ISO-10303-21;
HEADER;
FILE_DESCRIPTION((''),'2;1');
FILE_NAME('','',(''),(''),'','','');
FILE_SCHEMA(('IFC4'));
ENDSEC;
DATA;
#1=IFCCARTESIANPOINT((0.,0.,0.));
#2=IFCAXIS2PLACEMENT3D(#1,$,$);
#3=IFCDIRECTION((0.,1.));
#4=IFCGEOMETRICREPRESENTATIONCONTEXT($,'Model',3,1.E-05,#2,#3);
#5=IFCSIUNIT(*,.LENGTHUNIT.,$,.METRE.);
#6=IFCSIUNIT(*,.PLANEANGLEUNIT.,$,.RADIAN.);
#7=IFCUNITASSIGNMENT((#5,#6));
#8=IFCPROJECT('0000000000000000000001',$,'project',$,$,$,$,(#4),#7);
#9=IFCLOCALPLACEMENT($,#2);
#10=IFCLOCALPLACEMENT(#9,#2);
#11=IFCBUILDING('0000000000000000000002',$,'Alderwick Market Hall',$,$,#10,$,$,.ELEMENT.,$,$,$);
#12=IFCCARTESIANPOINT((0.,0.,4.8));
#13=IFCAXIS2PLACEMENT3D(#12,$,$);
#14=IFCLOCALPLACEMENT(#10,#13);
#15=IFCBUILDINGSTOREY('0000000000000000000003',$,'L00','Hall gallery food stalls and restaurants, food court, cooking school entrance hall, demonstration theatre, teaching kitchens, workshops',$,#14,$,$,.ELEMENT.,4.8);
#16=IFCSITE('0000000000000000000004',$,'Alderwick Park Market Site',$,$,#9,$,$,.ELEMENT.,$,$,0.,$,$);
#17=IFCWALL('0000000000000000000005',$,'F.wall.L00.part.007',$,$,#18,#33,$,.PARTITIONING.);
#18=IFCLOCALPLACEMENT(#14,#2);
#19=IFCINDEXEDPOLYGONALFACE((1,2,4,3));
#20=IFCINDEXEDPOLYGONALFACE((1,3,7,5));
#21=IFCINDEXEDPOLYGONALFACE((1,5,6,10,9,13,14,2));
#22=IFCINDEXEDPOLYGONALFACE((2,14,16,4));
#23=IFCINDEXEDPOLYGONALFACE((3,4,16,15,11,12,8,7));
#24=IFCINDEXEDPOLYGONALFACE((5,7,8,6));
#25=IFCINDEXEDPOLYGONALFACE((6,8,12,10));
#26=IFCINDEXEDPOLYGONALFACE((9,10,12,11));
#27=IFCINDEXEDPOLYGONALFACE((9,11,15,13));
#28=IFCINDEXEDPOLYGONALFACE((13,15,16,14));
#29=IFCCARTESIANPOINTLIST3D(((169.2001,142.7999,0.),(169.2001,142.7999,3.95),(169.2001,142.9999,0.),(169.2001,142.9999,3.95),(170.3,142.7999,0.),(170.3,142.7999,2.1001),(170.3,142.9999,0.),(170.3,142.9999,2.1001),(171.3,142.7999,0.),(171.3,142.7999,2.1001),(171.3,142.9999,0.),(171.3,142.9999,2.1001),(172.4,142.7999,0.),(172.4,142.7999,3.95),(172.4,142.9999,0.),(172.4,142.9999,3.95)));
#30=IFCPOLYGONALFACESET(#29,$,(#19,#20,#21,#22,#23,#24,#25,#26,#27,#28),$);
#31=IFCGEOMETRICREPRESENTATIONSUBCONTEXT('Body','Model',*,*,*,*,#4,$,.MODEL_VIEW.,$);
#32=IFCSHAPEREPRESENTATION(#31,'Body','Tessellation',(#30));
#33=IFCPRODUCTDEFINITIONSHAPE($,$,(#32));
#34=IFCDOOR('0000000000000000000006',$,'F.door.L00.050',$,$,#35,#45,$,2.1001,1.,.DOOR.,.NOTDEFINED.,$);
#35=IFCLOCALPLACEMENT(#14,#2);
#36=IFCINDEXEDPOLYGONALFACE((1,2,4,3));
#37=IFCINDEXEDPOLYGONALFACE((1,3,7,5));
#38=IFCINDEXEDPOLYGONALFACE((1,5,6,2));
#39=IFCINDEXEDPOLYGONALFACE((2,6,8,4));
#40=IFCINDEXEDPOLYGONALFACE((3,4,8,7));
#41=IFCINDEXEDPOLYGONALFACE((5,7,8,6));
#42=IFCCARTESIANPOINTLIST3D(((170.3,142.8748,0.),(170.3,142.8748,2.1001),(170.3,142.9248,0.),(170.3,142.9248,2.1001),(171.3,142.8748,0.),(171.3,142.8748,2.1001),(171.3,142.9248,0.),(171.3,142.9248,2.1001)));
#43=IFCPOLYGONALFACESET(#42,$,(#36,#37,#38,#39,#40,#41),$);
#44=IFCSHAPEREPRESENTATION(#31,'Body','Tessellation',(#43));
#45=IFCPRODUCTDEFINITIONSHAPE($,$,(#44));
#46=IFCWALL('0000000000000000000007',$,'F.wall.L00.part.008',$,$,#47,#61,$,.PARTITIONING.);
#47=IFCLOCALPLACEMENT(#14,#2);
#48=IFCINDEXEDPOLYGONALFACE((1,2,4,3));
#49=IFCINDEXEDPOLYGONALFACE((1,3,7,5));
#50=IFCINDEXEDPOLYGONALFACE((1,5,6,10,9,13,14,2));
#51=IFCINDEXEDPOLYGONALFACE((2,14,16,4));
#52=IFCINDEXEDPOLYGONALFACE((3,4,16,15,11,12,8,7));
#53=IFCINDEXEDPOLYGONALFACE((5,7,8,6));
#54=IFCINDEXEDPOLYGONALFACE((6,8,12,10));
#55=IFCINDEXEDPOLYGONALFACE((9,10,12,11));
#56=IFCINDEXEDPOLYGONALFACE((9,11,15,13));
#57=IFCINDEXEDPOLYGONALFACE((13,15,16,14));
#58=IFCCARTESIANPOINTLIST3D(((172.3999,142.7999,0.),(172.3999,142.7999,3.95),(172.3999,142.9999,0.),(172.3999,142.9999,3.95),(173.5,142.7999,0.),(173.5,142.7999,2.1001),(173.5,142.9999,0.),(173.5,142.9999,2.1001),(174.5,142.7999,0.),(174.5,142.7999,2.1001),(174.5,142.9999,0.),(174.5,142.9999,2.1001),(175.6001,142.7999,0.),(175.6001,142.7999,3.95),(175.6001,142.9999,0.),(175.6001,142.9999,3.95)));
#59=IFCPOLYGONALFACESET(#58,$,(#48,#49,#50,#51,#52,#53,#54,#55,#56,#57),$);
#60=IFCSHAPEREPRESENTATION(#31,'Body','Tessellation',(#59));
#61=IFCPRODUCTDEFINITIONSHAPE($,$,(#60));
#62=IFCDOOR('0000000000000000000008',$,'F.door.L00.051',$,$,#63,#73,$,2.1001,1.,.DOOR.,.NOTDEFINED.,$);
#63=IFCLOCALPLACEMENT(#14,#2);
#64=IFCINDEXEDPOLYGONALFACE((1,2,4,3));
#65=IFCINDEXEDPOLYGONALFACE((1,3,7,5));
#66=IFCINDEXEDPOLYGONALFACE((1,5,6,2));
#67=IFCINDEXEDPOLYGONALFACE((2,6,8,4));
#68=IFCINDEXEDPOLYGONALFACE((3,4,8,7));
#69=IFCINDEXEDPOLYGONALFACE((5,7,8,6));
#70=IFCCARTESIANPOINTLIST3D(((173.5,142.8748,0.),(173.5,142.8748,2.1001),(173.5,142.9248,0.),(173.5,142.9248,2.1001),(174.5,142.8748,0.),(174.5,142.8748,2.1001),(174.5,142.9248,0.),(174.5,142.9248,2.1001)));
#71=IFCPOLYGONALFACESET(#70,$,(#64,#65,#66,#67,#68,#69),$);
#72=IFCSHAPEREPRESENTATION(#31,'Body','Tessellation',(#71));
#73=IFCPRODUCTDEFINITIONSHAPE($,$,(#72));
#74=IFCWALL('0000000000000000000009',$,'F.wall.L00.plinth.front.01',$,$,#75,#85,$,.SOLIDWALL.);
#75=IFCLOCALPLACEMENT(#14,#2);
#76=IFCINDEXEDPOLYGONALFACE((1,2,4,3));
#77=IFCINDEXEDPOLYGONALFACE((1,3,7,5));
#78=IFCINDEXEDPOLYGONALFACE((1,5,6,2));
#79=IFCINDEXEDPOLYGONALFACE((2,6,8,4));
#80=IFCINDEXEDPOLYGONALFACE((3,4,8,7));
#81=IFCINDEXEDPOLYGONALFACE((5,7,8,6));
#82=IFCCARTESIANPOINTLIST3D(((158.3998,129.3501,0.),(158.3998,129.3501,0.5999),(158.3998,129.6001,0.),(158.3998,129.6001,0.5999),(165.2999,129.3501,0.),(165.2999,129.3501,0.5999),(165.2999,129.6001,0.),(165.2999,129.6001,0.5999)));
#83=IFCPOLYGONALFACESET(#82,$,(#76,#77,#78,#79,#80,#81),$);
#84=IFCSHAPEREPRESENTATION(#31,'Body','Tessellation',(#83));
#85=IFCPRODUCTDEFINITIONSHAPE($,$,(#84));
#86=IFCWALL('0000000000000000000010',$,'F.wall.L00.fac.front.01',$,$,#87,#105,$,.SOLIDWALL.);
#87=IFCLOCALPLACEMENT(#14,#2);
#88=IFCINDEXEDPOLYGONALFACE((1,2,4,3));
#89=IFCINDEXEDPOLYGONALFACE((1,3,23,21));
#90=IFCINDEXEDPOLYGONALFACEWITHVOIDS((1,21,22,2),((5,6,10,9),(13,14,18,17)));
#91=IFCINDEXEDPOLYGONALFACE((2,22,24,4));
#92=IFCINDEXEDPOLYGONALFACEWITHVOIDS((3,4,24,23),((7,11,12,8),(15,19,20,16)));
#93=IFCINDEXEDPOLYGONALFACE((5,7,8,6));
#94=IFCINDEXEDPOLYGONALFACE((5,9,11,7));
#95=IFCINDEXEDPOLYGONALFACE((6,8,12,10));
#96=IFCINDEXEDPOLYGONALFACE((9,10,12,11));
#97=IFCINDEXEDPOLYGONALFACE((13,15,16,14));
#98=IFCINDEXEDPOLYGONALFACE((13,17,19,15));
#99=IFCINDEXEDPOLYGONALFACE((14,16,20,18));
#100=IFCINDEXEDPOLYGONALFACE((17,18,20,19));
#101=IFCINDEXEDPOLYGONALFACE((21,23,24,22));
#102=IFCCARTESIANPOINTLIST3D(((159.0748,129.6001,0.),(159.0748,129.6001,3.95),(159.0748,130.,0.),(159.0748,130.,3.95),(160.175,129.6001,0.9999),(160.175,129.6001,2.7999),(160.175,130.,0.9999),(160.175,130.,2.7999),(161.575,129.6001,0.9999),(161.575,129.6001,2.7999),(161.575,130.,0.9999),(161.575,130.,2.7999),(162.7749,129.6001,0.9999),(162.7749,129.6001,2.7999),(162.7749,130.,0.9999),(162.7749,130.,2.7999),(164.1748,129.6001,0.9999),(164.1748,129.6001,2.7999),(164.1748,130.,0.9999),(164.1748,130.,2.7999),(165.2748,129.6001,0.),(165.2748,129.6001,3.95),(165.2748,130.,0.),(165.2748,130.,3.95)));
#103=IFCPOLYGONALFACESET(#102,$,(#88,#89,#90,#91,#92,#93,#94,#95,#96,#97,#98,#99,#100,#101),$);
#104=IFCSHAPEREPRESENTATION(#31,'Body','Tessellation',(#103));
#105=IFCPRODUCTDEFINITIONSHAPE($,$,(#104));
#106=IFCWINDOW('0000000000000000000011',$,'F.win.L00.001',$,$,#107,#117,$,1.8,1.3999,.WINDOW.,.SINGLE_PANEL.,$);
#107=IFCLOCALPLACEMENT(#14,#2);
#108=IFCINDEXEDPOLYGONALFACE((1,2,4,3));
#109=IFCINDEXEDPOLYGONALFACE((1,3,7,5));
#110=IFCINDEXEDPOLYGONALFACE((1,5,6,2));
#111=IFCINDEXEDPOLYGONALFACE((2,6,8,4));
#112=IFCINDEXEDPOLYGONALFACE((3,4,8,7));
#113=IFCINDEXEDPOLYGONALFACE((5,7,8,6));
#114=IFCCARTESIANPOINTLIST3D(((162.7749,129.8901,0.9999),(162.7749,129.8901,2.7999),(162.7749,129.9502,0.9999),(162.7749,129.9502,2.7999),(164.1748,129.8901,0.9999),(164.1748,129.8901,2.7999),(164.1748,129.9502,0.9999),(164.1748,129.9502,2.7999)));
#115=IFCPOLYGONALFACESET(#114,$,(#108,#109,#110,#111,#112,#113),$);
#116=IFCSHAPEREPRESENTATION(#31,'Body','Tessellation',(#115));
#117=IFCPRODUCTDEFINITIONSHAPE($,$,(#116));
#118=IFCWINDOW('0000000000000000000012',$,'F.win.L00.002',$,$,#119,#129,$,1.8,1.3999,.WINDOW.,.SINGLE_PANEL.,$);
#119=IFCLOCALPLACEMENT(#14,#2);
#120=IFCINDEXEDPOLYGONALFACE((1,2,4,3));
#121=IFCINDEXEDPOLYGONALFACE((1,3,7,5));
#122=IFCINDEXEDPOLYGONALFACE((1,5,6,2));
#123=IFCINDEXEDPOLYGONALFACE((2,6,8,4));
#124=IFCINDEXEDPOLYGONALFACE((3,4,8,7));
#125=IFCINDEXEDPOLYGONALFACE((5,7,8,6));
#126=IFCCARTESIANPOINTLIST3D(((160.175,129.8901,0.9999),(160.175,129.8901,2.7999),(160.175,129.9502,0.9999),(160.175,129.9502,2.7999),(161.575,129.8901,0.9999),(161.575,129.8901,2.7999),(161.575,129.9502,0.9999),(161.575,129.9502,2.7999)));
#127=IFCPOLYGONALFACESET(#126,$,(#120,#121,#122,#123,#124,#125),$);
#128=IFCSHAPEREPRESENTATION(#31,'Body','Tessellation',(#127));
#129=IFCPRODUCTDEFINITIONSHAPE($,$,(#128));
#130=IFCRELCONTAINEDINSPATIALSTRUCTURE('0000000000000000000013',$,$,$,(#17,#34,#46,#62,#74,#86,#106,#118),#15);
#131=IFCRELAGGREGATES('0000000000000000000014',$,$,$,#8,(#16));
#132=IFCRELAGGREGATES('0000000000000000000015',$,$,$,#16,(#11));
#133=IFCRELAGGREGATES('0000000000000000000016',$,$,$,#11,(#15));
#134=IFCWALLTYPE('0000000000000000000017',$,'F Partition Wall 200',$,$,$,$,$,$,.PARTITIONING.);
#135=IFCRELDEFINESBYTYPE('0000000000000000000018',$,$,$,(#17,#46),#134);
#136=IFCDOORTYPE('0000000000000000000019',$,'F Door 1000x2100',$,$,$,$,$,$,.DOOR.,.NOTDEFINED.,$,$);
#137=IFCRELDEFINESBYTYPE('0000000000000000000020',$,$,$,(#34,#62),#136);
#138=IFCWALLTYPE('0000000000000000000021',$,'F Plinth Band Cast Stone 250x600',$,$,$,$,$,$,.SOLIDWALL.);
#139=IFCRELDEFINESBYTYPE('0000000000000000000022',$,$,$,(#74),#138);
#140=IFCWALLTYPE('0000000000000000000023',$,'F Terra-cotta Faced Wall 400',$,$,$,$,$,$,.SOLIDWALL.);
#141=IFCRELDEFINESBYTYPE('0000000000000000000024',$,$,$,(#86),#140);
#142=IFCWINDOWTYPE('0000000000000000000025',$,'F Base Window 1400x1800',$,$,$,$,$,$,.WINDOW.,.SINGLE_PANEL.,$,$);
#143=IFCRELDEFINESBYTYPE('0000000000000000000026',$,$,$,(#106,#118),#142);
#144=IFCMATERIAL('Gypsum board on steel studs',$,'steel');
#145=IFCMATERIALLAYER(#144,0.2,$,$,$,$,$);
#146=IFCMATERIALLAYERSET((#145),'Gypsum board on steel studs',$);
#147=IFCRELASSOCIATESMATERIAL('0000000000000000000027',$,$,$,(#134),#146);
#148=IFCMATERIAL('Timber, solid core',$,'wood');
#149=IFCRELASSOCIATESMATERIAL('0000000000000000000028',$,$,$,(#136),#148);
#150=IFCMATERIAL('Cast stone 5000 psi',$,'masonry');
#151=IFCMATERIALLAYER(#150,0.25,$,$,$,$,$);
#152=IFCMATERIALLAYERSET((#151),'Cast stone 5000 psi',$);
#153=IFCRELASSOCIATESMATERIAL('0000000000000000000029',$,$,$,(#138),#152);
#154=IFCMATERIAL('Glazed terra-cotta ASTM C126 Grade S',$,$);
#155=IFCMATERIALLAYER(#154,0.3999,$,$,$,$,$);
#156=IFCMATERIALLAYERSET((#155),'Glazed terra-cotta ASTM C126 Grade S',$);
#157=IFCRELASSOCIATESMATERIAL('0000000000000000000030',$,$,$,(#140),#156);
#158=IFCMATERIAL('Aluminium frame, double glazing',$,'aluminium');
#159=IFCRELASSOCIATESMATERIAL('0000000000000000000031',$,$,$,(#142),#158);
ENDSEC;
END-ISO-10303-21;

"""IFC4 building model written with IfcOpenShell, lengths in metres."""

from ifc_helpers import new_model, si_unit, direction, frame, frame_2d, origin, place, context, subcontext, project, spatial, rectangle, extrude, material, layer, layer_set, type_object, element, fill, save


model = new_model("IFC4")

# Units and contexts
model_context = context("Model", 3, precision=1e-05, world=origin(), true_north=direction((0.0, 1.0)))
body_context = subcontext(model_context, "Body", "Model", "MODEL_VIEW")
ifc_project = project(units=[si_unit("LENGTHUNIT", "METRE"), si_unit("PLANEANGLEUNIT", "RADIAN")], contexts=[model_context])

# Site, building, storey
site_placement = place(None, origin())
site = spatial("IfcSite", under=ifc_project, at=site_placement, Name="Alderwick Park Market Site", CompositionType="ELEMENT", RefElevation=0.0)
building_placement = place(site_placement, origin())
building = spatial("IfcBuilding", under=site, at=building_placement, Name="Alderwick Market Hall", CompositionType="ELEMENT")
storey_placement = place(building_placement, frame((0.0, 0.0, 4.8)))
storey = spatial("IfcBuildingStorey", under=building, at=storey_placement, Name="L00", Description="Hall gallery food stalls and restaurants, food court, cooking school entrance hall, demonstration theatre, teaching kitchens, workshops", CompositionType="ELEMENT", Elevation=4.8)

# Walls, openings, doors
ifc_material_1 = material(Name="Gypsum board on steel studs", Category="steel")
ifc_layer_1 = layer(ifc_material_1, 0.2)
ifc_layer_set_1 = layer_set([ifc_layer_1], Name="Gypsum board on steel studs")
wall_type_1 = type_object("IfcWallType", Name="F Partition Wall 200", PredefinedType="PARTITIONING", material=ifc_layer_set_1)
wall_1_placement = place(storey_placement, frame((169.2, 142.8999, 0.0), z_axis=(0.0, 0.0, 1.0), x_axis=(1.0, 0.0, 0.0)))
wall_1 = element("IfcWall", 1, at=wall_1_placement, inside=storey, type_object=wall_type_1, Name="F.wall.L00.part.007", PredefinedType="PARTITIONING", context=body_context, shape_type="SweptSolid", body=[
    extrude(rectangle(XDim=3.2, YDim=0.2, at=frame_2d((1.6001, 0.0))), origin(), (0.0, 0.0, 1.0), 3.95),
])
opening_1_placement = place(wall_1_placement, frame((1.1001, 0.0, 0.0)))
opening_1 = element("IfcOpeningElement", 2, at=opening_1_placement, cuts=wall_1, PredefinedType="OPENING", context=body_context, shape_type="SweptSolid", body=[
    extrude(rectangle(XDim=1.0, YDim=2.1001, at=frame_2d((0.5, 1.05))), frame((0.0, 0.1099, 0.0), z_axis=(0.0, -1.0, 0.0), x_axis=(1.0, 0.0, 0.0)), (0.0, 0.0, 1.0), 0.22),
])
ifc_material_2 = material(Name="Timber, solid core", Category="wood")
door_type = type_object("IfcDoorType", Name="F Door 1000x2100", OperationType="NOTDEFINED", PredefinedType="DOOR", material=ifc_material_2)
door_1_placement = place(opening_1_placement, origin())
door_1 = element("IfcDoor", 3, at=door_1_placement, inside=storey, type_object=door_type, Name="F.door.L00.050", OperationType="NOTDEFINED", OverallHeight=2.1001, OverallWidth=1.0, PredefinedType="DOOR", context=body_context, shape_type="SweptSolid", body=[
    extrude(rectangle(XDim=1.0, YDim=2.1001, at=frame_2d((0.5, 1.05))), frame((0.0, 0.0249, 0.0), z_axis=(0.0, -1.0, 0.0), x_axis=(1.0, 0.0, 0.0)), (0.0, 0.0, 1.0), 0.05),
])
fill(opening_1, door_1)
wall_2_placement = place(storey_placement, frame((172.3999, 142.8999, 0.0), z_axis=(0.0, 0.0, 1.0), x_axis=(1.0, 0.0, 0.0)))
wall_2 = element("IfcWall", 4, at=wall_2_placement, inside=storey, type_object=wall_type_1, Name="F.wall.L00.part.008", PredefinedType="PARTITIONING", context=body_context, shape_type="SweptSolid", body=[
    extrude(rectangle(XDim=3.2002, YDim=0.2, at=frame_2d((1.6001, 0.0))), origin(), (0.0, 0.0, 1.0), 3.95),
])
opening_2_placement = place(wall_2_placement, frame((1.1001, 0.0, 0.0)))
opening_2 = element("IfcOpeningElement", 5, at=opening_2_placement, cuts=wall_2, PredefinedType="OPENING", context=body_context, shape_type="SweptSolid", body=[
    extrude(rectangle(XDim=1.0, YDim=2.1001, at=frame_2d((0.5, 1.05))), frame((0.0, 0.1099, 0.0), z_axis=(0.0, -1.0, 0.0), x_axis=(1.0, 0.0, 0.0)), (0.0, 0.0, 1.0), 0.22),
])
door_2_placement = place(opening_2_placement, origin())
door_2 = element("IfcDoor", 6, at=door_2_placement, inside=storey, type_object=door_type, Name="F.door.L00.051", OperationType="NOTDEFINED", OverallHeight=2.1001, OverallWidth=1.0, PredefinedType="DOOR", context=body_context, shape_type="SweptSolid", body=[
    extrude(rectangle(XDim=1.0, YDim=2.1001, at=frame_2d((0.5, 1.05))), frame((0.0, 0.0249, 0.0), z_axis=(0.0, -1.0, 0.0), x_axis=(1.0, 0.0, 0.0)), (0.0, 0.0, 1.0), 0.05),
])
fill(opening_2, door_2)

# Wall
ifc_material_3 = material(Name="Cast stone 5000 psi", Category="masonry")
ifc_layer_2 = layer(ifc_material_3, 0.25)
ifc_layer_set_2 = layer_set([ifc_layer_2], Name="Cast stone 5000 psi")
wall_type_2 = type_object("IfcWallType", Name="F Plinth Band Cast Stone 250x600", PredefinedType="SOLIDWALL", material=ifc_layer_set_2)
wall_3_placement = place(storey_placement, frame((165.3, 129.4751, 0.0), z_axis=(0.0, 0.0, 1.0), x_axis=(-1.0, 0.0, 0.0)))
element("IfcWall", 7, at=wall_3_placement, inside=storey, type_object=wall_type_2, Name="F.wall.L00.plinth.front.01", PredefinedType="SOLIDWALL", context=body_context, shape_type="SweptSolid", body=[
    extrude(rectangle(XDim=6.9001, YDim=0.25, at=frame_2d((3.4502, 0.0))), origin(), (0.0, 0.0, 1.0), 0.5999),
])

# Wall, openings, windows
ifc_material_4 = material(Name="Glazed terra-cotta ASTM C126 Grade S")
ifc_layer_3 = layer(ifc_material_4, 0.3999)
ifc_layer_set_3 = layer_set([ifc_layer_3], Name="Glazed terra-cotta ASTM C126 Grade S")
wall_type_3 = type_object("IfcWallType", Name="F Terra-cotta Faced Wall 400", PredefinedType="SOLIDWALL", material=ifc_layer_set_3)
wall_4_placement = place(storey_placement, frame((165.2749, 129.8, 0.0), z_axis=(0.0, 0.0, 1.0), x_axis=(-1.0, 0.0, 0.0)))
wall_4 = element("IfcWall", 8, at=wall_4_placement, inside=storey, type_object=wall_type_3, Name="F.wall.L00.fac.front.01", PredefinedType="SOLIDWALL", context=body_context, shape_type="SweptSolid", body=[
    extrude(rectangle(XDim=6.2, YDim=0.3999, at=frame_2d((3.1001, 0.0))), origin(), (0.0, 0.0, 1.0), 3.95),
])
opening_3_placement = place(wall_4_placement, frame((1.1001, 0.0, 1.0)))
opening_3 = element("IfcOpeningElement", 9, at=opening_3_placement, cuts=wall_4, PredefinedType="OPENING", context=body_context, shape_type="SweptSolid", body=[
    extrude(rectangle(XDim=1.3999, YDim=1.8, at=frame_2d((0.7, 0.8999))), frame((0.0, 0.21, 0.0), z_axis=(0.0, -1.0, 0.0), x_axis=(1.0, 0.0, 0.0)), (0.0, 0.0, 1.0), 0.4199),
])
opening_4_placement = place(wall_4_placement, frame((3.7, 0.0, 1.0)))
opening_4 = element("IfcOpeningElement", 10, at=opening_4_placement, cuts=wall_4, PredefinedType="OPENING", context=body_context, shape_type="SweptSolid", body=[
    extrude(rectangle(XDim=1.3999, YDim=1.8, at=frame_2d((0.7, 0.8999))), frame((0.0, 0.21, 0.0), z_axis=(0.0, -1.0, 0.0), x_axis=(1.0, 0.0, 0.0)), (0.0, 0.0, 1.0), 0.4199),
])
ifc_material_5 = material(Name="Aluminium frame, double glazing", Category="aluminium")
window_type = type_object("IfcWindowType", Name="F Base Window 1400x1800", PartitioningType="SINGLE_PANEL", PredefinedType="WINDOW", material=ifc_material_5)
window_1_placement = place(opening_3_placement, origin())
window_1 = element("IfcWindow", 11, at=window_1_placement, inside=storey, type_object=window_type, Name="F.win.L00.001", OverallHeight=1.8, OverallWidth=1.3999, PartitioningType="SINGLE_PANEL", PredefinedType="WINDOW", context=body_context, shape_type="SweptSolid", body=[
    extrude(rectangle(XDim=1.3999, YDim=1.8, at=frame_2d((0.7, 0.8999))), frame((0.0, -0.0901, 0.0), z_axis=(0.0, -1.0, 0.0), x_axis=(1.0, 0.0, 0.0)), (0.0, 0.0, 1.0), 0.0601),
])
fill(opening_3, window_1)
window_2_placement = place(opening_4_placement, origin())
window_2 = element("IfcWindow", 12, at=window_2_placement, inside=storey, type_object=window_type, Name="F.win.L00.002", OverallHeight=1.8, OverallWidth=1.3999, PartitioningType="SINGLE_PANEL", PredefinedType="WINDOW", context=body_context, shape_type="SweptSolid", body=[
    extrude(rectangle(XDim=1.3999, YDim=1.8, at=frame_2d((0.7, 0.8999))), frame((0.0, -0.0901, 0.0), z_axis=(0.0, -1.0, 0.0), x_axis=(1.0, 0.0, 0.0)), (0.0, 0.0, 1.0), 0.0601),
])
fill(opening_4, window_2)

save(model, "model.ifc")
